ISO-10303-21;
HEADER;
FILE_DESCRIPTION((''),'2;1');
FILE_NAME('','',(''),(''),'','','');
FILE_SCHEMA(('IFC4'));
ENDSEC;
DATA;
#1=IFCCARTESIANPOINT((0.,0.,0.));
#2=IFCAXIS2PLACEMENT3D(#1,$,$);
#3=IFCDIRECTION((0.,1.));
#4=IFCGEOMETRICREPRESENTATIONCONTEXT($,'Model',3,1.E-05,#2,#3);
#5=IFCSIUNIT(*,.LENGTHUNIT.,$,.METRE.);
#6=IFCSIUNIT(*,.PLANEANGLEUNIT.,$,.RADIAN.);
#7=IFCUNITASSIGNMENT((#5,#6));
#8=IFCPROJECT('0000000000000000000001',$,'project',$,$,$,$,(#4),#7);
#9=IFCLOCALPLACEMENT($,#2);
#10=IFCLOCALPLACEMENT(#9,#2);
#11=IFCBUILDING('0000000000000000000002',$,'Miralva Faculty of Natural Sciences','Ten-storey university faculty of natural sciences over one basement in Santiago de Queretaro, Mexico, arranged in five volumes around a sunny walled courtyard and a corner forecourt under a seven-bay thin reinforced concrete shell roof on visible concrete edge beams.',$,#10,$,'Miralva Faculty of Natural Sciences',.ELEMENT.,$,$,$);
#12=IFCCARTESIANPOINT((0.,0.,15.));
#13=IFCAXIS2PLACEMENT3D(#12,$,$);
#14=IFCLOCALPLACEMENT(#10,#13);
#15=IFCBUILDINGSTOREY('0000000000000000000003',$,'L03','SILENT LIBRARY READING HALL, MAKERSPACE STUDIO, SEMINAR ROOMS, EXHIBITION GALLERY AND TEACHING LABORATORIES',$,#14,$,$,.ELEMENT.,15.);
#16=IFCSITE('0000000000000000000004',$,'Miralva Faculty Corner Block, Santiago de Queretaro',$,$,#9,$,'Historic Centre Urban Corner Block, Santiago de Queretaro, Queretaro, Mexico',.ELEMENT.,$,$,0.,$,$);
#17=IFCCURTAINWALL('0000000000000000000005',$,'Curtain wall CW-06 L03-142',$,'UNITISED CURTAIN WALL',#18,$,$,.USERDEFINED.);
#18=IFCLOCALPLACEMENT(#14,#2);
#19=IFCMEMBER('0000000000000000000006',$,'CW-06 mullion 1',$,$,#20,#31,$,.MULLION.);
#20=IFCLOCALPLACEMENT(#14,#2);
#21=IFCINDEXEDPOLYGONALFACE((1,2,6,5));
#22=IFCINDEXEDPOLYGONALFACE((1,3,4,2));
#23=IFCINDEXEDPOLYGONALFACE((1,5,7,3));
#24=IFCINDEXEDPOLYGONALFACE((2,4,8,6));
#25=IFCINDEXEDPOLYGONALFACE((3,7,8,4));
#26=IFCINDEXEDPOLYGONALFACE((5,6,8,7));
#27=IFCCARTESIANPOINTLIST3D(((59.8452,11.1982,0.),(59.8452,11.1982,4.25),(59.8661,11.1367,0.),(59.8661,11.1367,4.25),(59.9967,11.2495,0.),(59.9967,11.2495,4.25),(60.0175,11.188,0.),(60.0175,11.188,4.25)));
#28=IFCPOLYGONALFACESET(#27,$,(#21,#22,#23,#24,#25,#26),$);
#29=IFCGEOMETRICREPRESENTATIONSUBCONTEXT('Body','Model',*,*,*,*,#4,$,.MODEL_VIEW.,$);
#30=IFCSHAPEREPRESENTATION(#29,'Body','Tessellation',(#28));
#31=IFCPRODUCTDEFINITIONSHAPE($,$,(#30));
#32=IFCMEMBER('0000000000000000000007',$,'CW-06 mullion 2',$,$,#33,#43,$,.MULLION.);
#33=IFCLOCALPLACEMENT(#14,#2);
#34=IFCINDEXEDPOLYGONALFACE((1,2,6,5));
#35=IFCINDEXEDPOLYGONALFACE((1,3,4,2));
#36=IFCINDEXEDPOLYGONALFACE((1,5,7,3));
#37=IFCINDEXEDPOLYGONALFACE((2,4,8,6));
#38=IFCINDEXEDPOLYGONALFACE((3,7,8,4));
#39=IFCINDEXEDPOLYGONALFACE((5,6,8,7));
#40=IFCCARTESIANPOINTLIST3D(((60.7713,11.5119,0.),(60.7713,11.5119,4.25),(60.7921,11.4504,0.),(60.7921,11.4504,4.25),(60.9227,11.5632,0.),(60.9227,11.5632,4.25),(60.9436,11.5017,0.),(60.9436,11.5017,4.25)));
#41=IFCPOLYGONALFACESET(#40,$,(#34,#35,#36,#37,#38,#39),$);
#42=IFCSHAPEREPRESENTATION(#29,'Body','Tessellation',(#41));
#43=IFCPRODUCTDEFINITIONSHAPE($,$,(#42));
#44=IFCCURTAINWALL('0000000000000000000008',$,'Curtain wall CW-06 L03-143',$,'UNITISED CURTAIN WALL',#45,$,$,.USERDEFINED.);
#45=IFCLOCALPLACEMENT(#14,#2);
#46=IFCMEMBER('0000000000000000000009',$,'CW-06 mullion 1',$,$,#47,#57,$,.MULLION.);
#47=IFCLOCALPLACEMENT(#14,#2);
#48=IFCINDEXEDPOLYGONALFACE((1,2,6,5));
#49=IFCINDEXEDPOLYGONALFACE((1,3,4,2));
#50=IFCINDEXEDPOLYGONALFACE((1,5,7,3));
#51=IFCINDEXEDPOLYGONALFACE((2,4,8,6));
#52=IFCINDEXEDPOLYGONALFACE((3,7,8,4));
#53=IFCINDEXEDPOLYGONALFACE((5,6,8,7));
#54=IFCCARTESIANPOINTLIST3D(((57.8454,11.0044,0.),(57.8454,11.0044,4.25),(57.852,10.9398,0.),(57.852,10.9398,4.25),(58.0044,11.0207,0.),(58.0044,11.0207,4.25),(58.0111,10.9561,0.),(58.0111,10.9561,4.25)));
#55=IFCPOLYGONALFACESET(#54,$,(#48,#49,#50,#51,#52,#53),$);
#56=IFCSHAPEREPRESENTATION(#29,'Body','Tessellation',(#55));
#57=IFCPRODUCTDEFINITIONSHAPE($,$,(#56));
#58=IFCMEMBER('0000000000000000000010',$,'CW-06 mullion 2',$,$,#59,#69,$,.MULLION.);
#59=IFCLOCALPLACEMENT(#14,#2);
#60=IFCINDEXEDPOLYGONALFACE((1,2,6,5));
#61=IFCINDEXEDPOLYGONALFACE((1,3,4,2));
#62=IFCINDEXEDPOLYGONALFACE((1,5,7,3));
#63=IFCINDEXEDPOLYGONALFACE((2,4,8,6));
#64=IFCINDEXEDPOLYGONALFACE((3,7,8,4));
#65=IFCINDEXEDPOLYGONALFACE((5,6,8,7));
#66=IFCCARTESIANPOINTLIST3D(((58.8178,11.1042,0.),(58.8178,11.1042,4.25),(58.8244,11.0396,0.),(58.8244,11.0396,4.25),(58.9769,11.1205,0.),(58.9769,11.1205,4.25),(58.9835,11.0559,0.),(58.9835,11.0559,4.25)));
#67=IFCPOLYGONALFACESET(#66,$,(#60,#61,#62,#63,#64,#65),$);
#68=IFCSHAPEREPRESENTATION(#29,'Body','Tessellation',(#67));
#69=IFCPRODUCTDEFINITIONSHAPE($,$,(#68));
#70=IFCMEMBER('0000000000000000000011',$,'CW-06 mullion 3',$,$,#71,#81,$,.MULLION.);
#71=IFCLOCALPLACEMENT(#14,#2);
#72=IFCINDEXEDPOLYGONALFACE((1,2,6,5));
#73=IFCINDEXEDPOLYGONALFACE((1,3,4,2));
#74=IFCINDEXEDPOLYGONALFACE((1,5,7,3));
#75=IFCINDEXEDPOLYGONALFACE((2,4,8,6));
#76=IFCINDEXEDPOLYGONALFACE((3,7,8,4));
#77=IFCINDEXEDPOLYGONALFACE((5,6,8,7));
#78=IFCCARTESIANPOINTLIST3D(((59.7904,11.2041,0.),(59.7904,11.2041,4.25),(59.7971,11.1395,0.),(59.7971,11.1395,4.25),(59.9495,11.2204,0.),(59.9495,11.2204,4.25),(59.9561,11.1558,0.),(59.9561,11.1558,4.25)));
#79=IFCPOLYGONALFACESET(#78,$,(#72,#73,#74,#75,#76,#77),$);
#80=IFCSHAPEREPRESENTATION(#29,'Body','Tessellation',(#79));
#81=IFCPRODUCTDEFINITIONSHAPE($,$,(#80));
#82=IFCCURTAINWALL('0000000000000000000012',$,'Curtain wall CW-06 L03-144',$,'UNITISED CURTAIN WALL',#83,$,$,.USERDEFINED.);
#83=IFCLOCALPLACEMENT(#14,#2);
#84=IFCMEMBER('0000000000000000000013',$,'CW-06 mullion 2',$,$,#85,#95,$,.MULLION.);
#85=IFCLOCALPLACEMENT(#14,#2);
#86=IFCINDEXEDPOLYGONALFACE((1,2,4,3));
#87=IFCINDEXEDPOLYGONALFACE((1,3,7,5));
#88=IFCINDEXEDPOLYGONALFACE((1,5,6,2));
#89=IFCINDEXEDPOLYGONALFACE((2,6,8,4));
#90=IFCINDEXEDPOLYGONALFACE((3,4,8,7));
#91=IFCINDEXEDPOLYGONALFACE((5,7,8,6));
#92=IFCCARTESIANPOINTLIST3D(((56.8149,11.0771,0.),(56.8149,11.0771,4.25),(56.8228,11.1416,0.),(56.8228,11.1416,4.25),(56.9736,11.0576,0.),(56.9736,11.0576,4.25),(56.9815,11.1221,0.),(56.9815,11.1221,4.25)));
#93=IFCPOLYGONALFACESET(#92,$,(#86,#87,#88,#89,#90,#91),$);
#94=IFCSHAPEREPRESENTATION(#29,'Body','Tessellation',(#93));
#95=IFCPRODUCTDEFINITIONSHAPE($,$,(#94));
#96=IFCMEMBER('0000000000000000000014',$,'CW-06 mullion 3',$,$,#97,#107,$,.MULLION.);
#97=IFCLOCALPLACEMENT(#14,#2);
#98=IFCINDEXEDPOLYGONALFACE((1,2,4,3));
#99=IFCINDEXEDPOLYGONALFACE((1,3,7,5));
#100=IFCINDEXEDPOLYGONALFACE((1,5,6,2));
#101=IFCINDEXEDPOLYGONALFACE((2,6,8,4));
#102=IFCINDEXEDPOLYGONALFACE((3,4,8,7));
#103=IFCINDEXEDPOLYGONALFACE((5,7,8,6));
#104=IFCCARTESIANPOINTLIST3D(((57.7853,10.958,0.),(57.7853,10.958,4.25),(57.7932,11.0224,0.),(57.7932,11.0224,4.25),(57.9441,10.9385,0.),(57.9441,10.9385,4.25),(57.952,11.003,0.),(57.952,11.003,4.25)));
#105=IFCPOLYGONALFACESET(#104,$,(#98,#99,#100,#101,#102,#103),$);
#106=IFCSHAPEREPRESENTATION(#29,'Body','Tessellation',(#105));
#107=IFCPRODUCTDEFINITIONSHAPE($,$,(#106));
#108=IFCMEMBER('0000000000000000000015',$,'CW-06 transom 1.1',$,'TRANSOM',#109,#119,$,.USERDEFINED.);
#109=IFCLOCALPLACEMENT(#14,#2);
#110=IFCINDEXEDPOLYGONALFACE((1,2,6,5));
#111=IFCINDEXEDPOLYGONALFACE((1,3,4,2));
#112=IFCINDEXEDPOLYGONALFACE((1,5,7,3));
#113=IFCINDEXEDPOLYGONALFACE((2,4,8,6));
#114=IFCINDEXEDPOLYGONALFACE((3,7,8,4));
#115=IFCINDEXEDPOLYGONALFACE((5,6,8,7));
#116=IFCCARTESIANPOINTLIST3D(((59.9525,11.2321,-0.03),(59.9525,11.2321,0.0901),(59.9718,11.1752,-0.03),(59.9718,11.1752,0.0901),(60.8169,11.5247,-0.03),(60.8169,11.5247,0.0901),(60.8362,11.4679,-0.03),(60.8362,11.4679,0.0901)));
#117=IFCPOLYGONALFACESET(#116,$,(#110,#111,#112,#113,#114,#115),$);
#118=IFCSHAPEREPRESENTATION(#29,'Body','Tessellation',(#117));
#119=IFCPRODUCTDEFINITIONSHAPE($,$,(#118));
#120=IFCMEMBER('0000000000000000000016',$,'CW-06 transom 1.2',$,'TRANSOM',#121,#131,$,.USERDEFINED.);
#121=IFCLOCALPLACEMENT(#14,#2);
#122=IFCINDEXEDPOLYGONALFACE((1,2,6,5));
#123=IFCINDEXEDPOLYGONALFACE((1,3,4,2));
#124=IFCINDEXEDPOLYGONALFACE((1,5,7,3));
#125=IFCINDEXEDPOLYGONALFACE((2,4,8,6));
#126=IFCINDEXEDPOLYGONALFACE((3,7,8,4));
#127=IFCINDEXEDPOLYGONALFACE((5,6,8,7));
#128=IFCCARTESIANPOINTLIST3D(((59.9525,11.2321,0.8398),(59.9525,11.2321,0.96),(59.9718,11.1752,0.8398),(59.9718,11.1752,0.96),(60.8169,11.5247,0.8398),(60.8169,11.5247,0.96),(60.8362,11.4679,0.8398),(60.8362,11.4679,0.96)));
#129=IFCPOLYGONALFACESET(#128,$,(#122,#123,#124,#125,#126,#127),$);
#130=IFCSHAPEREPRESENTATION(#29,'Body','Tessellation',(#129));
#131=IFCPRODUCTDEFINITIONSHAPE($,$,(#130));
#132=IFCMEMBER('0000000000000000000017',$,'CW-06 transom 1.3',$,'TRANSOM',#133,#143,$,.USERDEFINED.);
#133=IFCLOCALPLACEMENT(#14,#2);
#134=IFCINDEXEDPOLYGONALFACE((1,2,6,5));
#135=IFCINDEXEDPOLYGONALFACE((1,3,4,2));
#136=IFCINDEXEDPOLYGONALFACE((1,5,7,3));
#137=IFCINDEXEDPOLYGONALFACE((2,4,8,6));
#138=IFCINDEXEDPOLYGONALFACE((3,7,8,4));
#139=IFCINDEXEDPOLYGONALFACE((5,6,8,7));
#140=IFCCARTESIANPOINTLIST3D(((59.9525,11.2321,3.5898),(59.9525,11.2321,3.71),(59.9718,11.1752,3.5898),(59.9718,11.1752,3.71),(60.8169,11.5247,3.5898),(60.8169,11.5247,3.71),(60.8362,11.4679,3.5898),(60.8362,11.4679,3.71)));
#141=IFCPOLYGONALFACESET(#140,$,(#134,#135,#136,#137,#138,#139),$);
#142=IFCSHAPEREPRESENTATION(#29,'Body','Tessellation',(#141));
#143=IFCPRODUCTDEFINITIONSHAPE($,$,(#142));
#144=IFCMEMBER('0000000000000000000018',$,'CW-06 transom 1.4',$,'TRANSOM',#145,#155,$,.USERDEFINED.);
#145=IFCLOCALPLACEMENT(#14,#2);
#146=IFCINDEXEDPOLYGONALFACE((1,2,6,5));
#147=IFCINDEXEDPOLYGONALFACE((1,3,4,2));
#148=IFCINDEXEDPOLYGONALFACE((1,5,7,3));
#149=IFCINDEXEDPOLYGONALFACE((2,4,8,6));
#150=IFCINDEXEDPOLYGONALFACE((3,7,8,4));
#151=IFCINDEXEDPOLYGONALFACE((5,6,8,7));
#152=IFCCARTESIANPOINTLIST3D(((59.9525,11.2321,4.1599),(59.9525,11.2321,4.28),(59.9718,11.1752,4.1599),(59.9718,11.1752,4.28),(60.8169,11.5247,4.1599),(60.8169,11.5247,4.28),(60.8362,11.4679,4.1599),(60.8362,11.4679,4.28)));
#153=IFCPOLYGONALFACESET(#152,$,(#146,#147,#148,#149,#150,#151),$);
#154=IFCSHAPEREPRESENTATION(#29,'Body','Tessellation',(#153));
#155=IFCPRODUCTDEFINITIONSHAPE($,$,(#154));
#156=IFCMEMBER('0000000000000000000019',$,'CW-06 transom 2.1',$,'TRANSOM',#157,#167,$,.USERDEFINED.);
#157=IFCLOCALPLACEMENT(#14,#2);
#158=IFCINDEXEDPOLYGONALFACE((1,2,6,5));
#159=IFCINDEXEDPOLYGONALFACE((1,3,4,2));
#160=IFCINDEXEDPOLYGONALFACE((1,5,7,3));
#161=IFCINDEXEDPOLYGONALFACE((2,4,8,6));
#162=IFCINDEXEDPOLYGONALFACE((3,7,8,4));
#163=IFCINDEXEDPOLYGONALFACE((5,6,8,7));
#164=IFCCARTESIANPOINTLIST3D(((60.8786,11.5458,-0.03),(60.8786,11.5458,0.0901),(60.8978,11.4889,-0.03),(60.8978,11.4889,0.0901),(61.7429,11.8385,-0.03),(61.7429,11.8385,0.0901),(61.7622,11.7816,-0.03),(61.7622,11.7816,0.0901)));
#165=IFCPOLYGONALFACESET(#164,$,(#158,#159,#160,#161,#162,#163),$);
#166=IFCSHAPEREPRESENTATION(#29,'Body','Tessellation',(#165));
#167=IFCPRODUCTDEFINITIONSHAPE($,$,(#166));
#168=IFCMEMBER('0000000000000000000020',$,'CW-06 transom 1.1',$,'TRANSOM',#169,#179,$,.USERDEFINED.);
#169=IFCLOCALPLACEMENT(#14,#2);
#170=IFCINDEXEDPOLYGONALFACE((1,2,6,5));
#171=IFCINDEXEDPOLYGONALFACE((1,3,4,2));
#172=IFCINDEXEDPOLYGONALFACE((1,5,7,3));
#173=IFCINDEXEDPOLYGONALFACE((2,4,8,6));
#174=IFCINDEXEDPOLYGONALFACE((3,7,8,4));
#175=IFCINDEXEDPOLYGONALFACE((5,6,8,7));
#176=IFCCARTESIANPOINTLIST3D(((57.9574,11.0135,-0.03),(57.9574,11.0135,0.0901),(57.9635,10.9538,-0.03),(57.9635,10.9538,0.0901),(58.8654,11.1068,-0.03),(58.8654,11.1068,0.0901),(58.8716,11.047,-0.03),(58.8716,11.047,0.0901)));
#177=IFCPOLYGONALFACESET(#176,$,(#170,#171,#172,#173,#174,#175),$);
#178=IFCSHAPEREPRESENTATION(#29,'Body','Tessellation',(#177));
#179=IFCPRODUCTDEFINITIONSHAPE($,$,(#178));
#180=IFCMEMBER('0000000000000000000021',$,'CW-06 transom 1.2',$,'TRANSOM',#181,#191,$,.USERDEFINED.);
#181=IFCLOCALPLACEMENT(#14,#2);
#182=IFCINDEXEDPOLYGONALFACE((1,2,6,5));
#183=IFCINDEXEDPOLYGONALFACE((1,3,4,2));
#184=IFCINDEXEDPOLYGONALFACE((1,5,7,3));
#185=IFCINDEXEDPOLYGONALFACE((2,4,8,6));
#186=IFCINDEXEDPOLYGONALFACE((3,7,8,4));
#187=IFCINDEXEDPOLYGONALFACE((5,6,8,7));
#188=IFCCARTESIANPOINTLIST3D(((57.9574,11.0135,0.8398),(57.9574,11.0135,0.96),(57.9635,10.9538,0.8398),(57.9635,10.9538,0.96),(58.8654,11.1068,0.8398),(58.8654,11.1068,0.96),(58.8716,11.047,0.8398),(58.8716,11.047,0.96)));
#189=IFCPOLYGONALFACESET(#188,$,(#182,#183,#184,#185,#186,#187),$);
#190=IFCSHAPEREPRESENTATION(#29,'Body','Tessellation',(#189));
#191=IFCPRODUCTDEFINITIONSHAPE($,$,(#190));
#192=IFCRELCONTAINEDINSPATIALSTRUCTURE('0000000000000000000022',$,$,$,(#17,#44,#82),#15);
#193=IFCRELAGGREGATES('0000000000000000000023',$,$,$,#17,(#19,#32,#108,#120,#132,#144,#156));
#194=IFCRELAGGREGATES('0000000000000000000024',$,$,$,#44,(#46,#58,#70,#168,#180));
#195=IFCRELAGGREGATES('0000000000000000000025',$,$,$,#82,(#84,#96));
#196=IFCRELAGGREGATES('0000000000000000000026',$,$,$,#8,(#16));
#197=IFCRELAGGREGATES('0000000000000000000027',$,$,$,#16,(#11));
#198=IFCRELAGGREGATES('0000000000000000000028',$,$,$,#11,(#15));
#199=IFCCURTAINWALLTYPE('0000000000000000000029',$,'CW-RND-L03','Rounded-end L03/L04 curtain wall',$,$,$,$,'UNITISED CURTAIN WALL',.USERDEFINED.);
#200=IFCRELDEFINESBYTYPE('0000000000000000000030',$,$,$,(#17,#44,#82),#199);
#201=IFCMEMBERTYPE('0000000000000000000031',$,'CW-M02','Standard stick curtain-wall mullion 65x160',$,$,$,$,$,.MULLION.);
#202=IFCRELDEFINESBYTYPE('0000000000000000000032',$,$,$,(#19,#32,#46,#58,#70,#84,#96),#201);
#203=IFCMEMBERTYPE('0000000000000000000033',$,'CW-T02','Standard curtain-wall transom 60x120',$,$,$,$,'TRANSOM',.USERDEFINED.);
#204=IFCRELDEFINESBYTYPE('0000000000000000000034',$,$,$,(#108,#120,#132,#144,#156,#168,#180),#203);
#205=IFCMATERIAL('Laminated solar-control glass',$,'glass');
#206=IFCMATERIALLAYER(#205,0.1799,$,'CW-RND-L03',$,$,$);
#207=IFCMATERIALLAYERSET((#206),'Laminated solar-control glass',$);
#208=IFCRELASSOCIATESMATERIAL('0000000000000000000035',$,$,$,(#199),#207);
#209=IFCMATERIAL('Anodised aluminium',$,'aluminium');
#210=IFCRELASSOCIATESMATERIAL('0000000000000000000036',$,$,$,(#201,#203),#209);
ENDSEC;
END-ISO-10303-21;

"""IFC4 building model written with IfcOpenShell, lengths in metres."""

from ifc_helpers import new_model, si_unit, direction, frame, origin, origin_2d, place, context, subcontext, project, spatial, rectangle, extrude, material, layer, layer_set, material_profile, profile_set, type_object, element, aggregate, save


model = new_model("IFC4")

# Units and contexts
model_context = context("Model", 3, precision=1e-05, world=origin(), true_north=direction((0.0, 1.0)))
body_context = subcontext(model_context, "Body", "Model", "MODEL_VIEW")
ifc_project = project(units=[si_unit("LENGTHUNIT", "METRE"), si_unit("PLANEANGLEUNIT", "RADIAN")], contexts=[model_context])

# Site, building, storey
site_placement = place(None, origin())
site = spatial("IfcSite", under=ifc_project, at=site_placement, Name="Miralva Faculty Corner Block, Santiago de Queretaro", LongName="Historic Centre Urban Corner Block, Santiago de Queretaro, Queretaro, Mexico", CompositionType="ELEMENT", RefElevation=0.0)
building_placement = place(site_placement, origin())
building = spatial("IfcBuilding", under=site, at=building_placement, Name="Miralva Faculty of Natural Sciences", Description="Ten-storey university faculty of natural sciences over one basement in Santiago de Queretaro, Mexico, arranged in five volumes around a sunny walled courtyard and a corner forecourt under a seven-bay thin reinforced concrete shell roof on visible concrete edge beams.", LongName="Miralva Faculty of Natural Sciences", CompositionType="ELEMENT")
storey_placement = place(building_placement, frame((0.0, 0.0, 15.0)))
storey = spatial("IfcBuildingStorey", under=building, at=storey_placement, Name="L03", Description="SILENT LIBRARY READING HALL, MAKERSPACE STUDIO, SEMINAR ROOMS, EXHIBITION GALLERY AND TEACHING LABORATORIES", CompositionType="ELEMENT", Elevation=15.0)

# Curtain walls, members
ifc_material_1 = material(Name="Laminated solar-control glass", Category="glass")
ifc_layer_1 = layer(ifc_material_1, 0.1799, Name="CW-RND-L03")
ifc_layer_set_1 = layer_set([ifc_layer_1], Name="Laminated solar-control glass")
curtain_wall_type = type_object("IfcCurtainWallType", Name="CW-RND-L03", Description="Rounded-end L03/L04 curtain wall", ElementType="UNITISED CURTAIN WALL", PredefinedType="USERDEFINED", material=ifc_layer_set_1)
curtain_wall_1_placement = place(storey_placement, origin())
curtain_wall_1 = element("IfcCurtainWall", 1, at=curtain_wall_1_placement, inside=storey, type_object=curtain_wall_type, Name="Curtain wall CW-06 L03-142", ObjectType="UNITISED CURTAIN WALL", PredefinedType="USERDEFINED")
ifc_material_2 = material(Name="Anodised aluminium", Category="aluminium")
ifc_material_profile_1 = material_profile(ifc_material_2, rectangle(XDim=0.0649, YDim=0.1599, at=origin_2d()), Name="MULLION 65x160")
ifc_profile_set_1 = profile_set([ifc_material_profile_1], Name="Anodised aluminium")
member_type_1 = type_object("IfcMemberType", Name="CW-M02", Description="Standard stick curtain-wall mullion 65x160", PredefinedType="MULLION", material=ifc_profile_set_1)
member_1_placement = place(storey_placement, frame((59.9314, 11.1931, 0.0), z_axis=(0.0, 0.0, 1.0), x_axis=(-0.320842, 0.947133, 0.0)))
member_1 = element("IfcMember", 2, at=member_1_placement, type_object=member_type_1, Name="CW-06 mullion 1", PredefinedType="MULLION", context=body_context, shape_type="SweptSolid", body=[
    extrude(rectangle(XDim=0.0649, YDim=0.1599, at=origin_2d()), origin(), (0.0, 0.0, 1.0), 4.25),
])
member_2_placement = place(storey_placement, frame((60.8574, 11.5068, 0.0), z_axis=(0.0, 0.0, 1.0), x_axis=(-0.320842, 0.947133, 0.0)))
member_2 = element("IfcMember", 3, at=member_2_placement, type_object=member_type_1, Name="CW-06 mullion 2", PredefinedType="MULLION", context=body_context, shape_type="SweptSolid", body=[
    extrude(rectangle(XDim=0.0649, YDim=0.1599, at=origin_2d()), origin(), (0.0, 0.0, 1.0), 4.25),
])
curtain_wall_2_placement = place(storey_placement, origin())
curtain_wall_2 = element("IfcCurtainWall", 4, at=curtain_wall_2_placement, inside=storey, type_object=curtain_wall_type, Name="Curtain wall CW-06 L03-143", ObjectType="UNITISED CURTAIN WALL", PredefinedType="USERDEFINED")
member_3_placement = place(storey_placement, frame((57.9282, 10.9802, 0.0), z_axis=(0.0, 0.0, 1.0), x_axis=(-0.102056, 0.994779, 0.0)))
member_3 = element("IfcMember", 5, at=member_3_placement, type_object=member_type_1, Name="CW-06 mullion 1", PredefinedType="MULLION", context=body_context, shape_type="SweptSolid", body=[
    extrude(rectangle(XDim=0.0649, YDim=0.1599, at=origin_2d()), origin(), (0.0, 0.0, 1.0), 4.25),
])
member_4_placement = place(storey_placement, frame((58.9006, 11.0801, 0.0), z_axis=(0.0, 0.0, 1.0), x_axis=(-0.102056, 0.994779, 0.0)))
member_4 = element("IfcMember", 6, at=member_4_placement, type_object=member_type_1, Name="CW-06 mullion 2", PredefinedType="MULLION", context=body_context, shape_type="SweptSolid", body=[
    extrude(rectangle(XDim=0.0649, YDim=0.1599, at=origin_2d()), origin(), (0.0, 0.0, 1.0), 4.25),
])
member_5_placement = place(storey_placement, frame((59.8733, 11.1799, 0.0), z_axis=(0.0, 0.0, 1.0), x_axis=(-0.102056, 0.994779, 0.0)))
member_5 = element("IfcMember", 7, at=member_5_placement, type_object=member_type_1, Name="CW-06 mullion 3", PredefinedType="MULLION", context=body_context, shape_type="SweptSolid", body=[
    extrude(rectangle(XDim=0.0649, YDim=0.1599, at=origin_2d()), origin(), (0.0, 0.0, 1.0), 4.25),
])
curtain_wall_3_placement = place(storey_placement, origin())
curtain_wall_3 = element("IfcCurtainWall", 8, at=curtain_wall_3_placement, inside=storey, type_object=curtain_wall_type, Name="Curtain wall CW-06 L03-144", ObjectType="UNITISED CURTAIN WALL", PredefinedType="USERDEFINED")
member_6_placement = place(storey_placement, frame((56.8982, 11.0996, 0.0), z_axis=(0.0, 0.0, 1.0), x_axis=(0.12186, 0.992547, 0.0)))
member_6 = element("IfcMember", 9, at=member_6_placement, type_object=member_type_1, Name="CW-06 mullion 2", PredefinedType="MULLION", context=body_context, shape_type="SweptSolid", body=[
    extrude(rectangle(XDim=0.0649, YDim=0.1599, at=origin_2d()), origin(), (0.0, 0.0, 1.0), 4.25),
])
member_7_placement = place(storey_placement, frame((57.8687, 10.9805, 0.0), z_axis=(0.0, 0.0, 1.0), x_axis=(0.12186, 0.992547, 0.0)))
member_7 = element("IfcMember", 10, at=member_7_placement, type_object=member_type_1, Name="CW-06 mullion 3", PredefinedType="MULLION", context=body_context, shape_type="SweptSolid", body=[
    extrude(rectangle(XDim=0.0649, YDim=0.1599, at=origin_2d()), origin(), (0.0, 0.0, 1.0), 4.25),
])

# Members
ifc_material_profile_2 = material_profile(ifc_material_2, rectangle(XDim=0.0601, YDim=0.1201, at=origin_2d()), Name="TRANSOM 60x120")
ifc_profile_set_2 = profile_set([ifc_material_profile_2], Name="Anodised aluminium")
member_type_2 = type_object("IfcMemberType", Name="CW-T02", Description="Standard curtain-wall transom 60x120", ElementType="TRANSOM", PredefinedType="USERDEFINED", material=ifc_profile_set_2)
member_8_placement = place(storey_placement, frame((59.9622, 11.2036, 0.03), z_axis=(0.947175, 0.320718, 0.0), x_axis=(-0.320718, 0.947175, 0.0)))
member_8 = element("IfcMember", 11, at=member_8_placement, type_object=member_type_2, Name="CW-06 transom 1.1", ObjectType="TRANSOM", PredefinedType="USERDEFINED", context=body_context, shape_type="SweptSolid", body=[
    extrude(rectangle(XDim=0.0601, YDim=0.1201, at=origin_2d()), origin(), (0.0, 0.0, 1.0), 0.9126),
])
member_9_placement = place(storey_placement, frame((59.9622, 11.2036, 0.8999), z_axis=(0.947175, 0.320718, 0.0), x_axis=(-0.320718, 0.947175, 0.0)))
member_9 = element("IfcMember", 12, at=member_9_placement, type_object=member_type_2, Name="CW-06 transom 1.2", ObjectType="TRANSOM", PredefinedType="USERDEFINED", context=body_context, shape_type="SweptSolid", body=[
    extrude(rectangle(XDim=0.0601, YDim=0.1201, at=origin_2d()), origin(), (0.0, 0.0, 1.0), 0.9126),
])
member_10_placement = place(storey_placement, frame((59.9622, 11.2036, 3.6499), z_axis=(0.947175, 0.320718, 0.0), x_axis=(-0.320718, 0.947175, 0.0)))
member_10 = element("IfcMember", 13, at=member_10_placement, type_object=member_type_2, Name="CW-06 transom 1.3", ObjectType="TRANSOM", PredefinedType="USERDEFINED", context=body_context, shape_type="SweptSolid", body=[
    extrude(rectangle(XDim=0.0601, YDim=0.1201, at=origin_2d()), origin(), (0.0, 0.0, 1.0), 0.9126),
])
member_11_placement = place(storey_placement, frame((59.9622, 11.2036, 4.22), z_axis=(0.947175, 0.320718, 0.0), x_axis=(-0.320718, 0.947175, 0.0)))
member_11 = element("IfcMember", 14, at=member_11_placement, type_object=member_type_2, Name="CW-06 transom 1.4", ObjectType="TRANSOM", PredefinedType="USERDEFINED", context=body_context, shape_type="SweptSolid", body=[
    extrude(rectangle(XDim=0.0601, YDim=0.1201, at=origin_2d()), origin(), (0.0, 0.0, 1.0), 0.9126),
])
member_12_placement = place(storey_placement, frame((60.8882, 11.5173, 0.03), z_axis=(0.947175, 0.320718, 0.0), x_axis=(-0.320718, 0.947175, 0.0)))
member_12 = element("IfcMember", 15, at=member_12_placement, type_object=member_type_2, Name="CW-06 transom 2.1", ObjectType="TRANSOM", PredefinedType="USERDEFINED", context=body_context, shape_type="SweptSolid", body=[
    extrude(rectangle(XDim=0.0601, YDim=0.1201, at=origin_2d()), origin(), (0.0, 0.0, 1.0), 0.9126),
])
member_13_placement = place(storey_placement, frame((57.9604, 10.9836, 0.03), z_axis=(0.994766, 0.102178, 0.0), x_axis=(-0.102178, 0.994766, 0.0)))
member_13 = element("IfcMember", 16, at=member_13_placement, type_object=member_type_2, Name="CW-06 transom 1.1", ObjectType="TRANSOM", PredefinedType="USERDEFINED", context=body_context, shape_type="SweptSolid", body=[
    extrude(rectangle(XDim=0.0601, YDim=0.1201, at=origin_2d()), origin(), (0.0, 0.0, 1.0), 0.9128),
])
member_14_placement = place(storey_placement, frame((57.9604, 10.9836, 0.8999), z_axis=(0.994766, 0.102178, 0.0), x_axis=(-0.102178, 0.994766, 0.0)))
member_14 = element("IfcMember", 17, at=member_14_placement, type_object=member_type_2, Name="CW-06 transom 1.2", ObjectType="TRANSOM", PredefinedType="USERDEFINED", context=body_context, shape_type="SweptSolid", body=[
    extrude(rectangle(XDim=0.0601, YDim=0.1201, at=origin_2d()), origin(), (0.0, 0.0, 1.0), 0.9128),
])

aggregate(curtain_wall_1, [member_1, member_2, member_8, member_9, member_10, member_11, member_12])
aggregate(curtain_wall_2, [member_3, member_4, member_5, member_13, member_14])
aggregate(curtain_wall_3, [member_6, member_7])

save(model, "model.ifc")
